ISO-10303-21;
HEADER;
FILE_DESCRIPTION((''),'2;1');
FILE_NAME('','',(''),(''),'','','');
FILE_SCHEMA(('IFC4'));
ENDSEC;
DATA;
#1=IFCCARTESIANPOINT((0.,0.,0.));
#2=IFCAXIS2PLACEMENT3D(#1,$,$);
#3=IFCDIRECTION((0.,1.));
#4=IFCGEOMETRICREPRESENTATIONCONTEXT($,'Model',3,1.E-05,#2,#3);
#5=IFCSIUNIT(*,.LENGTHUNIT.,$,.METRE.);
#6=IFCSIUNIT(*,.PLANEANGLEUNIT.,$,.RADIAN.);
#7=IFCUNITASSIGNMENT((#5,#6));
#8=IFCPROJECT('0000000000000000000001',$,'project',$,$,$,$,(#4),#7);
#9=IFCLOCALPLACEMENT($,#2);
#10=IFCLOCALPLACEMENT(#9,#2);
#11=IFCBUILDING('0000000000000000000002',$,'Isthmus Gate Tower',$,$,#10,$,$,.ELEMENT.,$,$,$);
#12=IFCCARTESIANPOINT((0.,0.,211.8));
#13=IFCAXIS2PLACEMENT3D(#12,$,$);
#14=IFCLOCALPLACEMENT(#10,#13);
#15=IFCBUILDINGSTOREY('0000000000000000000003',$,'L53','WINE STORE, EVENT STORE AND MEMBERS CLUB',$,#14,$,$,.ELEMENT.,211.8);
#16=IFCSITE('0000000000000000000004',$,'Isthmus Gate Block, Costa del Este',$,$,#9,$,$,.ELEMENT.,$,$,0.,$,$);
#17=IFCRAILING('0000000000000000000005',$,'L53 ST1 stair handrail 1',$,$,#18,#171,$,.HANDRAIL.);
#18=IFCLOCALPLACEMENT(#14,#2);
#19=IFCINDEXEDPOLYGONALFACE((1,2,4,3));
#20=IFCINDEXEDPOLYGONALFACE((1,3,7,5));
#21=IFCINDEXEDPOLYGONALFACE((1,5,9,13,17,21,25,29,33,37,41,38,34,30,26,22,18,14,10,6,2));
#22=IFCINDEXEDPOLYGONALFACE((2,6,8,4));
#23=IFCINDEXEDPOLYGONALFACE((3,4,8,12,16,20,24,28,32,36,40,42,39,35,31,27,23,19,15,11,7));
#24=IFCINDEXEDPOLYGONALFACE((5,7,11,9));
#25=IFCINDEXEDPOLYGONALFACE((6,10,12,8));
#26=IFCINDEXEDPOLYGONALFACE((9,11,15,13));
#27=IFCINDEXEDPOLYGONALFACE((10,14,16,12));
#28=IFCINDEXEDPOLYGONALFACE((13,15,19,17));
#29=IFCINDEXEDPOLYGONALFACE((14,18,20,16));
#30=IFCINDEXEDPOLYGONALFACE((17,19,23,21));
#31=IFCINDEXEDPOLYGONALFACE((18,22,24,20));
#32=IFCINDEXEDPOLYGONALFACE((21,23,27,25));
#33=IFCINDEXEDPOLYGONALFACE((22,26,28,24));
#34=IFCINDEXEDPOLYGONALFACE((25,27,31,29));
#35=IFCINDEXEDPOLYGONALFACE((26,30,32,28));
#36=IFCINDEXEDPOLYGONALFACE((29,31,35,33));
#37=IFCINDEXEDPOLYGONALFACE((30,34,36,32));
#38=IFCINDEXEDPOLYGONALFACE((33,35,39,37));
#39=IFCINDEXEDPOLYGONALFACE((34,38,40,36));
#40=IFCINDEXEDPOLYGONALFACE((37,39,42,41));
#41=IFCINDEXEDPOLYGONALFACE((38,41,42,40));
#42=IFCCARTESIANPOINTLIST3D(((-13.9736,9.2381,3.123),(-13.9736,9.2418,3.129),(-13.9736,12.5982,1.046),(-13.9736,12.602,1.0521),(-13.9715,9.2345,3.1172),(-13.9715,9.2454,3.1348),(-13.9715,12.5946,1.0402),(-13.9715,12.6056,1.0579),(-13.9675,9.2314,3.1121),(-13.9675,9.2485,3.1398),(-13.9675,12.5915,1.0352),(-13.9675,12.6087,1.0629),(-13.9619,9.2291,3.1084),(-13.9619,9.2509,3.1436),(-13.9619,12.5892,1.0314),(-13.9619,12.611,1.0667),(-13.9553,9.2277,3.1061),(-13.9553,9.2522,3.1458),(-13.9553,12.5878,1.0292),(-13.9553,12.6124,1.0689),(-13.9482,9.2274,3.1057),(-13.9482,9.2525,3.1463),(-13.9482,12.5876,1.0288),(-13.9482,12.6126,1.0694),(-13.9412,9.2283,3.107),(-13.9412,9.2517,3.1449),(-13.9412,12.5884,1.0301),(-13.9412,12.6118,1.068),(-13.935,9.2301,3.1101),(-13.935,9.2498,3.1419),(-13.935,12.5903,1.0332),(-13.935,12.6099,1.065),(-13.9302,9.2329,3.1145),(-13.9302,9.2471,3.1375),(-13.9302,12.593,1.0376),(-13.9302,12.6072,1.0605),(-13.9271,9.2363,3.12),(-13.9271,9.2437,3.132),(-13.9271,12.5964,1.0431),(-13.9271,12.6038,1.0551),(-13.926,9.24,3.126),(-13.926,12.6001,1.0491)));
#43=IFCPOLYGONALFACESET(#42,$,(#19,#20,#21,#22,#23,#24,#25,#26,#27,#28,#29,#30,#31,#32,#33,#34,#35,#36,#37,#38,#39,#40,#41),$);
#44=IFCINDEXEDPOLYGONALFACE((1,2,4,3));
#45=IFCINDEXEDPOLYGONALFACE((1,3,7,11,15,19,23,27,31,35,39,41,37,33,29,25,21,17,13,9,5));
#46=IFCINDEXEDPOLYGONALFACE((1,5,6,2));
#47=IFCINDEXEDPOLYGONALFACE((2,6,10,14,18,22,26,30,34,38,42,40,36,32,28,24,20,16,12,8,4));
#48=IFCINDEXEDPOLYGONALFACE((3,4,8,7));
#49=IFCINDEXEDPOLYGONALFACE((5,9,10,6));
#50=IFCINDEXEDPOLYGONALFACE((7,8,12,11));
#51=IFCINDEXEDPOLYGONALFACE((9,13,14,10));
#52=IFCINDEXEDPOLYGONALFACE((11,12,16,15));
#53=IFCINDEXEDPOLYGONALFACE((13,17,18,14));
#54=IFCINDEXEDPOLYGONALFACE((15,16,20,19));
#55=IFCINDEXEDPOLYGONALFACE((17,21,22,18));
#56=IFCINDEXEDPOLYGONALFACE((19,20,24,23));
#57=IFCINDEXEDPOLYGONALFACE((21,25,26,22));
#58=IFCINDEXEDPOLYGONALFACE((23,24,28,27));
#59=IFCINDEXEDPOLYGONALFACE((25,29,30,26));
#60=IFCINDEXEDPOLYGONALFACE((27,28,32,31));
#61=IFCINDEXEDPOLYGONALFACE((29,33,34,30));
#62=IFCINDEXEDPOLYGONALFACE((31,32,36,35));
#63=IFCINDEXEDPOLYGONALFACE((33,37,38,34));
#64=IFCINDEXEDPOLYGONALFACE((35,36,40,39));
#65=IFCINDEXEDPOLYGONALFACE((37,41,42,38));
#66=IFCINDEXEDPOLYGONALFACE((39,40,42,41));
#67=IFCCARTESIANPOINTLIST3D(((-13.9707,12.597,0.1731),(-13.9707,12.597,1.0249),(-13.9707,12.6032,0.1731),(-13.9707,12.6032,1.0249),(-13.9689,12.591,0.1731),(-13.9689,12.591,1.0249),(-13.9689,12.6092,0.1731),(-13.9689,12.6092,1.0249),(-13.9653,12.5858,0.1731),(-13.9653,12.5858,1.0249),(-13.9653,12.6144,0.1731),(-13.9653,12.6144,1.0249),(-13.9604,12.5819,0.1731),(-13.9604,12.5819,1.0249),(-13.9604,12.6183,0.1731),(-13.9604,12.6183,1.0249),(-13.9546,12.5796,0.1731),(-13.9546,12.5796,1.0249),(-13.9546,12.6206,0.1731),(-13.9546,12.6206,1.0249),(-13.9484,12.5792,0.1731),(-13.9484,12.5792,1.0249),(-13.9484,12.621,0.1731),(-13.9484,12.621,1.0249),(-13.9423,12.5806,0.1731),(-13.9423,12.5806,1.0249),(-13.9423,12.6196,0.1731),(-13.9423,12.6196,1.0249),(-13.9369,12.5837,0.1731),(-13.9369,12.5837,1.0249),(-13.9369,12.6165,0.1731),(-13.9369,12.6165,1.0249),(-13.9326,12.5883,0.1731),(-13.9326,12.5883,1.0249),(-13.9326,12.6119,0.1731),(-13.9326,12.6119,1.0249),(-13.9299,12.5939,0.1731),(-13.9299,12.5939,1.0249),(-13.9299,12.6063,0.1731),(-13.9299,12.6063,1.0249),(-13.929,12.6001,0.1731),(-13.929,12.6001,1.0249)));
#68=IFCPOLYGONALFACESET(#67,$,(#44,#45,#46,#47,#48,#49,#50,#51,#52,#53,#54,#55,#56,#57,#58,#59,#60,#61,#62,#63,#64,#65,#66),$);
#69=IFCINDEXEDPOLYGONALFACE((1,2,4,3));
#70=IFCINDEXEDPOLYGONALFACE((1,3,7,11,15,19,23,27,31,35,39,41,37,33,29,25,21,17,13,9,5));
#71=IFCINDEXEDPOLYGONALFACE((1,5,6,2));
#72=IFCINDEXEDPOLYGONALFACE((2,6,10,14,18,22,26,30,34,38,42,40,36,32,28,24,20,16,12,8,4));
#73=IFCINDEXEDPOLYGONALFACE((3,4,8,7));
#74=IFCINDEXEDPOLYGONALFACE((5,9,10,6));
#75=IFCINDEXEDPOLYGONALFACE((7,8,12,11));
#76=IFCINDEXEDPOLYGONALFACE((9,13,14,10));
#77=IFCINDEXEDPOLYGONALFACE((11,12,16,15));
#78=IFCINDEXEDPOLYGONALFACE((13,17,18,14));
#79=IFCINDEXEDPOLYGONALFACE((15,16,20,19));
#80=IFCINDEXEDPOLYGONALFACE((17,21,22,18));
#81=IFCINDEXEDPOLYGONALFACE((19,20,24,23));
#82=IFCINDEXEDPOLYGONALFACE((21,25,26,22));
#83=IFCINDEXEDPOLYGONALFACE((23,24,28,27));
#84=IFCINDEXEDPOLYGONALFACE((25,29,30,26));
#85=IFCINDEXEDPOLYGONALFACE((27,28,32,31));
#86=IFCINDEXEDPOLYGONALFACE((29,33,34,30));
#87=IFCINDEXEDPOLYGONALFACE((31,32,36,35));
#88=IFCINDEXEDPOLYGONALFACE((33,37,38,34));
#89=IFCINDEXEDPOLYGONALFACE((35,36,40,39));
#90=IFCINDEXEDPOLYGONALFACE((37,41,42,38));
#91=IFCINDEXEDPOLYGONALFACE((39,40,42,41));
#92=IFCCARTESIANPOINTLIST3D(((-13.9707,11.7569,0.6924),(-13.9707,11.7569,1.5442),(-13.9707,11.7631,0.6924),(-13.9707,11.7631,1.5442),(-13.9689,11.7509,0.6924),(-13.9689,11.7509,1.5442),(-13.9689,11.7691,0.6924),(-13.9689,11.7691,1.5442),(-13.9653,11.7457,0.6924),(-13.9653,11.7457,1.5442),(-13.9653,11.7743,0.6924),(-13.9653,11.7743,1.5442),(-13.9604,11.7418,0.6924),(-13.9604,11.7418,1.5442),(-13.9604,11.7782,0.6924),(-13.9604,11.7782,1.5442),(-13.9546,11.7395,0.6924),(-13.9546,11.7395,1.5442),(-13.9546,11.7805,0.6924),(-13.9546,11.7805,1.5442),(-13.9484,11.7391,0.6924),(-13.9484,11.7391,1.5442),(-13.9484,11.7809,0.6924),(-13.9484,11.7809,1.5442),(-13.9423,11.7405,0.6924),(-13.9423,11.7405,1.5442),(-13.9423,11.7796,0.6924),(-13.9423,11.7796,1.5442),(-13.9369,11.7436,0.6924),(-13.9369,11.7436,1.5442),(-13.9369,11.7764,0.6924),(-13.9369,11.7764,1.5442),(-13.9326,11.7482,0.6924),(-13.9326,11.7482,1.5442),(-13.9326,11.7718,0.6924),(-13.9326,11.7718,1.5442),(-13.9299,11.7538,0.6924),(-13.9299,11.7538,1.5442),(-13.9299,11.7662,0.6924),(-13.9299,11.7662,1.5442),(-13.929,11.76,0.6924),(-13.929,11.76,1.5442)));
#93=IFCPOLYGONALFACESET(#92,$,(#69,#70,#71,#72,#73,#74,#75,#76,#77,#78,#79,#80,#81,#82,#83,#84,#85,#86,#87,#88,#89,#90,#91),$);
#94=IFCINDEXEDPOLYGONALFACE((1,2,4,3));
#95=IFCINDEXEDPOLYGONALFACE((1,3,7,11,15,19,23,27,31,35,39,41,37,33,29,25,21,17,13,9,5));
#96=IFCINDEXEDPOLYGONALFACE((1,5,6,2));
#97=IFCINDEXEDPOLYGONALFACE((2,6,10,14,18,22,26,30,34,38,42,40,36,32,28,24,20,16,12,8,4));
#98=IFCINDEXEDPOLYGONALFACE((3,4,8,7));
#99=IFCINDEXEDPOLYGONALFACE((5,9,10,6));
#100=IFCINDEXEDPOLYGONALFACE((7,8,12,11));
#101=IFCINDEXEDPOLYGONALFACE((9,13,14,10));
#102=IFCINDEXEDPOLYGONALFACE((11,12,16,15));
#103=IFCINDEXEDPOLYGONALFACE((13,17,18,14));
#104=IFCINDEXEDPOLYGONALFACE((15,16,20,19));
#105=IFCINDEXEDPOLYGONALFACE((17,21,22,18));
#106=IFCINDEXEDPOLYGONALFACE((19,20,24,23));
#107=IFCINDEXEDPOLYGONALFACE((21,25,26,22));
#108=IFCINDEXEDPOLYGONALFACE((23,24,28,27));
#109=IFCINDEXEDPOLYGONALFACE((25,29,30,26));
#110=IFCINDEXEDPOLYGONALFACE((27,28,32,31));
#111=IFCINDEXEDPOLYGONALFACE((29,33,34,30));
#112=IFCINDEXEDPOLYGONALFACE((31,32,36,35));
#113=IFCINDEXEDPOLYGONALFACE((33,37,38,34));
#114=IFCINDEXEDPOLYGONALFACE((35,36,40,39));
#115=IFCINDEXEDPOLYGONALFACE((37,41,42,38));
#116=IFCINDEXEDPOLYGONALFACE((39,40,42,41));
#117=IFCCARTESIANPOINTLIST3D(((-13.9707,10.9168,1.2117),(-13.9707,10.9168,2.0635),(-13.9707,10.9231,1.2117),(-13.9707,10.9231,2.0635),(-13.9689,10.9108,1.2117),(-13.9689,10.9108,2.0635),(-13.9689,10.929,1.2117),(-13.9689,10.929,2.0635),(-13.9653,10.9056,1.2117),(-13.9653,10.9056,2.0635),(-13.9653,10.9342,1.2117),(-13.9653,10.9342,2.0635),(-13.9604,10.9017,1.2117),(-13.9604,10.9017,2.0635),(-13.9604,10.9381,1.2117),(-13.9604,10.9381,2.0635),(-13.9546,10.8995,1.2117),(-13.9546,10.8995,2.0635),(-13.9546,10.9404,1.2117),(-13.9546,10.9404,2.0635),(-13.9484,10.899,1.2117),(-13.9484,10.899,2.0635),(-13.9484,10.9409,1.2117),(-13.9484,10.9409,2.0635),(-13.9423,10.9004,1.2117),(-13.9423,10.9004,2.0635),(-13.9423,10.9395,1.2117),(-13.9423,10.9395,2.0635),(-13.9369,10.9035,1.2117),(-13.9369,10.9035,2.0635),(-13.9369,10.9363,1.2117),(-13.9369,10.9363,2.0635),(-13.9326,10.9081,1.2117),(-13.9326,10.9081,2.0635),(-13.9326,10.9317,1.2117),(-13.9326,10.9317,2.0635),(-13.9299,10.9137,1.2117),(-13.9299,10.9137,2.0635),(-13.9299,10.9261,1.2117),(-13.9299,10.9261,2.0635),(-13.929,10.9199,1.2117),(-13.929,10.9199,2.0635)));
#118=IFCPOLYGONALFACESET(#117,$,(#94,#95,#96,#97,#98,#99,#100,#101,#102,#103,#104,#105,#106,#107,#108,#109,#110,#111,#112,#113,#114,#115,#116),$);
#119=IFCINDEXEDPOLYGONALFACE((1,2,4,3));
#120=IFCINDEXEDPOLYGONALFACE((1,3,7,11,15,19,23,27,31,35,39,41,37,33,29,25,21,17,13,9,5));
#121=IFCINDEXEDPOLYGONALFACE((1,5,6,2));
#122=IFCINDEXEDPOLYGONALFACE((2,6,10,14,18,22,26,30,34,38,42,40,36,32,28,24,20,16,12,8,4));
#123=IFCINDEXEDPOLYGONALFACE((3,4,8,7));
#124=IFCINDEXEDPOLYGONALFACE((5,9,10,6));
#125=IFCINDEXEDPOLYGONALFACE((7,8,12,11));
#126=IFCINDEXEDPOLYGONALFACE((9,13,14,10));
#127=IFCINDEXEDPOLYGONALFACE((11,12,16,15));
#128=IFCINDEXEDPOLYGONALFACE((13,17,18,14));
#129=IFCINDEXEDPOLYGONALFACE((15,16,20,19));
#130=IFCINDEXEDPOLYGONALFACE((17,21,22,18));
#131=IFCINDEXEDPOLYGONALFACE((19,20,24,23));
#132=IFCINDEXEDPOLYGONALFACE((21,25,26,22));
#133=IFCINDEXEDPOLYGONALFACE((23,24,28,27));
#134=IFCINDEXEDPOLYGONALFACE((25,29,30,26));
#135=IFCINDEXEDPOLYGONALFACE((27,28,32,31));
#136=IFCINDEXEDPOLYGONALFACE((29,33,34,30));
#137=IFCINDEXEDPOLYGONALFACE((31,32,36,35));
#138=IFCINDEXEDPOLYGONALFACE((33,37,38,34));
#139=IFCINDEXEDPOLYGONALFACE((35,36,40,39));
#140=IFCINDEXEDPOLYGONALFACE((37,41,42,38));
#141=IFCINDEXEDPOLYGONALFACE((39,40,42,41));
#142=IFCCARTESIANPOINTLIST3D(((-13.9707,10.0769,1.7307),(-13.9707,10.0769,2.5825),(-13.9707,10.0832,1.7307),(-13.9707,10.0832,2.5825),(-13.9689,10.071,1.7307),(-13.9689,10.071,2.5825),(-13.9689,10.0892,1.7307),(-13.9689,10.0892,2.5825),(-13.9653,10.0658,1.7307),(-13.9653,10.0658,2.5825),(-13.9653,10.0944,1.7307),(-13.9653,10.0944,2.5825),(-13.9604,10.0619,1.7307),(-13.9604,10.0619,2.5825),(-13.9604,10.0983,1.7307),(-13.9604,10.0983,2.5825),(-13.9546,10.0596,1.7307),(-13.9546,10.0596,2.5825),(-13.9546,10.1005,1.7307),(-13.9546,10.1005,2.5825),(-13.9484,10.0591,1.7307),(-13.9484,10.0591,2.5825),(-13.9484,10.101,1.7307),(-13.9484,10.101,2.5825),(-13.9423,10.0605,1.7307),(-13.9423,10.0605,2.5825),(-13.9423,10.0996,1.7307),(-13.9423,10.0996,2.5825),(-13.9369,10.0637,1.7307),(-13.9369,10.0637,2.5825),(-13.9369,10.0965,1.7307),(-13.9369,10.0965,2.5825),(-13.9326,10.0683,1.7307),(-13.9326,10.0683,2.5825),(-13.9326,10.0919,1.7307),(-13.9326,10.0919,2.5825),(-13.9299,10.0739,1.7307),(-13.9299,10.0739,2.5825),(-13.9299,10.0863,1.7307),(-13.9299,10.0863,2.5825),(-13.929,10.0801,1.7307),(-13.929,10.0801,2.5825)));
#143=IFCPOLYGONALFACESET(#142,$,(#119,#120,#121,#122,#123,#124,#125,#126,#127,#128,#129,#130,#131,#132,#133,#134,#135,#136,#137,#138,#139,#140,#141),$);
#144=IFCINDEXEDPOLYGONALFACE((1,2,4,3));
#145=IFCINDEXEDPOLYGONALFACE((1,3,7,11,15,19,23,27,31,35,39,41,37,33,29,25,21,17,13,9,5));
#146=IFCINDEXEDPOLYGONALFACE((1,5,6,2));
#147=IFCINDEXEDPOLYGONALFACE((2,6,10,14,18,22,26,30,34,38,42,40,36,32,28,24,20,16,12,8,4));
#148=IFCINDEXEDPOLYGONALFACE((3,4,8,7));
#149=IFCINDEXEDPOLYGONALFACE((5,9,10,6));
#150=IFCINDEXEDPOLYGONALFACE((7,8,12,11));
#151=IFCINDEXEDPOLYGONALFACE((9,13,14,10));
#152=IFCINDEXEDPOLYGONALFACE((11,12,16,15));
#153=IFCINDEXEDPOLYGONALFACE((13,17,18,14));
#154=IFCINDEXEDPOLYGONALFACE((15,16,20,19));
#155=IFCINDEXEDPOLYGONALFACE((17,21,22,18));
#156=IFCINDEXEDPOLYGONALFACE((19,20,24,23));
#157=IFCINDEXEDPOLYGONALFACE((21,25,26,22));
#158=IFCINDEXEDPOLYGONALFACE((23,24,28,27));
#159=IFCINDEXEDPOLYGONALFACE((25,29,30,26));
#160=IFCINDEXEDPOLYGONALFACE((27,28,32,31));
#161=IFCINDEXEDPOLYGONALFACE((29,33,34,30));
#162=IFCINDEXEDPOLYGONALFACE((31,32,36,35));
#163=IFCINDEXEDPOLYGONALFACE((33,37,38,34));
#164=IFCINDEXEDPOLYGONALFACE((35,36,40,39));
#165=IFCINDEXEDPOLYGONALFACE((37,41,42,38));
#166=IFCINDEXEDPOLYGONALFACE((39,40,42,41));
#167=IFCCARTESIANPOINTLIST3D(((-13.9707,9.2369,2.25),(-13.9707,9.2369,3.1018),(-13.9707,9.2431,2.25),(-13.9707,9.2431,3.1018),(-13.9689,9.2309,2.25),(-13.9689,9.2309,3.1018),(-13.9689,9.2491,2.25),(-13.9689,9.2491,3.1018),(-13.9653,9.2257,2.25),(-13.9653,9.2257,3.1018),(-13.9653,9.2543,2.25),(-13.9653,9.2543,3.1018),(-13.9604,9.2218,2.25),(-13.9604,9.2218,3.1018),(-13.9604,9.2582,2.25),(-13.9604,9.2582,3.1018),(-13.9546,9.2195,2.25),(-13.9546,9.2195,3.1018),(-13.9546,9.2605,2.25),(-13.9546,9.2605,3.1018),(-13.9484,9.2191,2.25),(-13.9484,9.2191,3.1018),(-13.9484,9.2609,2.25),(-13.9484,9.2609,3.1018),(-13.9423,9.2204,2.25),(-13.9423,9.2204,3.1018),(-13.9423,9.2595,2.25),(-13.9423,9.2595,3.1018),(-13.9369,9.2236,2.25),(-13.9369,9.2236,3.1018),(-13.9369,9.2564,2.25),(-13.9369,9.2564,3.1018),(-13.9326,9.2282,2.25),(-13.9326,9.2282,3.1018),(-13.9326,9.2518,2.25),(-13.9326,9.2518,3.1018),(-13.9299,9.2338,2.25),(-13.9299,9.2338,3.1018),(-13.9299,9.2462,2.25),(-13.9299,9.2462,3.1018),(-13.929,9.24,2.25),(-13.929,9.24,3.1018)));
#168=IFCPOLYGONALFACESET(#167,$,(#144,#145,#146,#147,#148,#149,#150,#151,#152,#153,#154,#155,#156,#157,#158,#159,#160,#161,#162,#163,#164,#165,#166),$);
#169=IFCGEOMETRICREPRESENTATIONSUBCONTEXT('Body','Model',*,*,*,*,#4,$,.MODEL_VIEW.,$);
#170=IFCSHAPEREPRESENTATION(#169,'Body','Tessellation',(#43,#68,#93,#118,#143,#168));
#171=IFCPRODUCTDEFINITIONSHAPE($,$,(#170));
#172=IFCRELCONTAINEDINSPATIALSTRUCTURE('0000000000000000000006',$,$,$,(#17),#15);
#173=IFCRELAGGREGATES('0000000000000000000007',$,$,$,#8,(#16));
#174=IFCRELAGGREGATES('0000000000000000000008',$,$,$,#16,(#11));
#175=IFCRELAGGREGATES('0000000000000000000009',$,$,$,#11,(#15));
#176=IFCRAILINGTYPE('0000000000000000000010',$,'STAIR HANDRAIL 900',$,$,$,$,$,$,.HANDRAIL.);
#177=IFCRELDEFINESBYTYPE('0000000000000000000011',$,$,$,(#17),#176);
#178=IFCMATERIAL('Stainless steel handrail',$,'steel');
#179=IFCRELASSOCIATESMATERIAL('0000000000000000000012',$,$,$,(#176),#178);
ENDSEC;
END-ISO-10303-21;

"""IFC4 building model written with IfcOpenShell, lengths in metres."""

from ifc_helpers import new_model, si_unit, direction, frame, origin, origin_2d, place, context, subcontext, project, spatial, circle, extrude, material, type_object, element, save


model = new_model("IFC4")

# Units and contexts
model_context = context("Model", 3, precision=1e-05, world=origin(), true_north=direction((0.0, 1.0)))
body_context = subcontext(model_context, "Body", "Model", "MODEL_VIEW")
ifc_project = project(units=[si_unit("LENGTHUNIT", "METRE"), si_unit("PLANEANGLEUNIT", "RADIAN")], contexts=[model_context])

# Site, building, storey
site_placement = place(None, origin())
site = spatial("IfcSite", under=ifc_project, at=site_placement, Name="Isthmus Gate Block, Costa del Este", CompositionType="ELEMENT", RefElevation=0.0)
building_placement = place(site_placement, origin())
building = spatial("IfcBuilding", under=site, at=building_placement, Name="Isthmus Gate Tower", CompositionType="ELEMENT")
storey_placement = place(building_placement, frame((0.0, 0.0, 211.8)))
storey = spatial("IfcBuildingStorey", under=building, at=storey_placement, Name="L53", Description="WINE STORE, EVENT STORE AND MEMBERS CLUB", CompositionType="ELEMENT", Elevation=211.8)

# Railing
ifc_material_1 = material(Name="Stainless steel handrail", Category="steel")
railing_type_1 = type_object("IfcRailingType", Name="STAIR HANDRAIL 900", PredefinedType="HANDRAIL", material=ifc_material_1)
for number, where, name in (
    (1, (-13.95, 12.6001, 0.1731), "L53 ST1 stair handrail 1"),
):
    element("IfcRailing", number, at=place(storey_placement, frame(where)), inside=storey, type_object=railing_type_1, Name=name, PredefinedType="HANDRAIL", context=body_context, shape_type="SweptSolid", body=[
        extrude(circle(Radius=0.0239, at=origin_2d()), frame((0.0, 0.0, 0.876), z_axis=(0.0, -0.850623, 0.525776), x_axis=(1.0, 0.0, 0.0)), (0.0, 0.0, 1.0), 3.9502),
        extrude(circle(Radius=0.021, at=origin_2d()), origin(), (0.0, 0.0, 1.0), 0.8518),
        extrude(circle(Radius=0.021, at=origin_2d()), frame((0.0, -0.8401, 0.5193)), (0.0, 0.0, 1.0), 0.8518),
        extrude(circle(Radius=0.021, at=origin_2d()), frame((0.0, -1.6802, 1.0386)), (0.0, 0.0, 1.0), 0.8518),
        extrude(circle(Radius=0.021, at=origin_2d()), frame((0.0, -2.52, 1.5576)), (0.0, 0.0, 1.0), 0.8518),
        extrude(circle(Radius=0.021, at=origin_2d()), frame((0.0, -3.3601, 2.0769)), (0.0, 0.0, 1.0), 0.8518),
    ])

save(model, "model.ifc")
